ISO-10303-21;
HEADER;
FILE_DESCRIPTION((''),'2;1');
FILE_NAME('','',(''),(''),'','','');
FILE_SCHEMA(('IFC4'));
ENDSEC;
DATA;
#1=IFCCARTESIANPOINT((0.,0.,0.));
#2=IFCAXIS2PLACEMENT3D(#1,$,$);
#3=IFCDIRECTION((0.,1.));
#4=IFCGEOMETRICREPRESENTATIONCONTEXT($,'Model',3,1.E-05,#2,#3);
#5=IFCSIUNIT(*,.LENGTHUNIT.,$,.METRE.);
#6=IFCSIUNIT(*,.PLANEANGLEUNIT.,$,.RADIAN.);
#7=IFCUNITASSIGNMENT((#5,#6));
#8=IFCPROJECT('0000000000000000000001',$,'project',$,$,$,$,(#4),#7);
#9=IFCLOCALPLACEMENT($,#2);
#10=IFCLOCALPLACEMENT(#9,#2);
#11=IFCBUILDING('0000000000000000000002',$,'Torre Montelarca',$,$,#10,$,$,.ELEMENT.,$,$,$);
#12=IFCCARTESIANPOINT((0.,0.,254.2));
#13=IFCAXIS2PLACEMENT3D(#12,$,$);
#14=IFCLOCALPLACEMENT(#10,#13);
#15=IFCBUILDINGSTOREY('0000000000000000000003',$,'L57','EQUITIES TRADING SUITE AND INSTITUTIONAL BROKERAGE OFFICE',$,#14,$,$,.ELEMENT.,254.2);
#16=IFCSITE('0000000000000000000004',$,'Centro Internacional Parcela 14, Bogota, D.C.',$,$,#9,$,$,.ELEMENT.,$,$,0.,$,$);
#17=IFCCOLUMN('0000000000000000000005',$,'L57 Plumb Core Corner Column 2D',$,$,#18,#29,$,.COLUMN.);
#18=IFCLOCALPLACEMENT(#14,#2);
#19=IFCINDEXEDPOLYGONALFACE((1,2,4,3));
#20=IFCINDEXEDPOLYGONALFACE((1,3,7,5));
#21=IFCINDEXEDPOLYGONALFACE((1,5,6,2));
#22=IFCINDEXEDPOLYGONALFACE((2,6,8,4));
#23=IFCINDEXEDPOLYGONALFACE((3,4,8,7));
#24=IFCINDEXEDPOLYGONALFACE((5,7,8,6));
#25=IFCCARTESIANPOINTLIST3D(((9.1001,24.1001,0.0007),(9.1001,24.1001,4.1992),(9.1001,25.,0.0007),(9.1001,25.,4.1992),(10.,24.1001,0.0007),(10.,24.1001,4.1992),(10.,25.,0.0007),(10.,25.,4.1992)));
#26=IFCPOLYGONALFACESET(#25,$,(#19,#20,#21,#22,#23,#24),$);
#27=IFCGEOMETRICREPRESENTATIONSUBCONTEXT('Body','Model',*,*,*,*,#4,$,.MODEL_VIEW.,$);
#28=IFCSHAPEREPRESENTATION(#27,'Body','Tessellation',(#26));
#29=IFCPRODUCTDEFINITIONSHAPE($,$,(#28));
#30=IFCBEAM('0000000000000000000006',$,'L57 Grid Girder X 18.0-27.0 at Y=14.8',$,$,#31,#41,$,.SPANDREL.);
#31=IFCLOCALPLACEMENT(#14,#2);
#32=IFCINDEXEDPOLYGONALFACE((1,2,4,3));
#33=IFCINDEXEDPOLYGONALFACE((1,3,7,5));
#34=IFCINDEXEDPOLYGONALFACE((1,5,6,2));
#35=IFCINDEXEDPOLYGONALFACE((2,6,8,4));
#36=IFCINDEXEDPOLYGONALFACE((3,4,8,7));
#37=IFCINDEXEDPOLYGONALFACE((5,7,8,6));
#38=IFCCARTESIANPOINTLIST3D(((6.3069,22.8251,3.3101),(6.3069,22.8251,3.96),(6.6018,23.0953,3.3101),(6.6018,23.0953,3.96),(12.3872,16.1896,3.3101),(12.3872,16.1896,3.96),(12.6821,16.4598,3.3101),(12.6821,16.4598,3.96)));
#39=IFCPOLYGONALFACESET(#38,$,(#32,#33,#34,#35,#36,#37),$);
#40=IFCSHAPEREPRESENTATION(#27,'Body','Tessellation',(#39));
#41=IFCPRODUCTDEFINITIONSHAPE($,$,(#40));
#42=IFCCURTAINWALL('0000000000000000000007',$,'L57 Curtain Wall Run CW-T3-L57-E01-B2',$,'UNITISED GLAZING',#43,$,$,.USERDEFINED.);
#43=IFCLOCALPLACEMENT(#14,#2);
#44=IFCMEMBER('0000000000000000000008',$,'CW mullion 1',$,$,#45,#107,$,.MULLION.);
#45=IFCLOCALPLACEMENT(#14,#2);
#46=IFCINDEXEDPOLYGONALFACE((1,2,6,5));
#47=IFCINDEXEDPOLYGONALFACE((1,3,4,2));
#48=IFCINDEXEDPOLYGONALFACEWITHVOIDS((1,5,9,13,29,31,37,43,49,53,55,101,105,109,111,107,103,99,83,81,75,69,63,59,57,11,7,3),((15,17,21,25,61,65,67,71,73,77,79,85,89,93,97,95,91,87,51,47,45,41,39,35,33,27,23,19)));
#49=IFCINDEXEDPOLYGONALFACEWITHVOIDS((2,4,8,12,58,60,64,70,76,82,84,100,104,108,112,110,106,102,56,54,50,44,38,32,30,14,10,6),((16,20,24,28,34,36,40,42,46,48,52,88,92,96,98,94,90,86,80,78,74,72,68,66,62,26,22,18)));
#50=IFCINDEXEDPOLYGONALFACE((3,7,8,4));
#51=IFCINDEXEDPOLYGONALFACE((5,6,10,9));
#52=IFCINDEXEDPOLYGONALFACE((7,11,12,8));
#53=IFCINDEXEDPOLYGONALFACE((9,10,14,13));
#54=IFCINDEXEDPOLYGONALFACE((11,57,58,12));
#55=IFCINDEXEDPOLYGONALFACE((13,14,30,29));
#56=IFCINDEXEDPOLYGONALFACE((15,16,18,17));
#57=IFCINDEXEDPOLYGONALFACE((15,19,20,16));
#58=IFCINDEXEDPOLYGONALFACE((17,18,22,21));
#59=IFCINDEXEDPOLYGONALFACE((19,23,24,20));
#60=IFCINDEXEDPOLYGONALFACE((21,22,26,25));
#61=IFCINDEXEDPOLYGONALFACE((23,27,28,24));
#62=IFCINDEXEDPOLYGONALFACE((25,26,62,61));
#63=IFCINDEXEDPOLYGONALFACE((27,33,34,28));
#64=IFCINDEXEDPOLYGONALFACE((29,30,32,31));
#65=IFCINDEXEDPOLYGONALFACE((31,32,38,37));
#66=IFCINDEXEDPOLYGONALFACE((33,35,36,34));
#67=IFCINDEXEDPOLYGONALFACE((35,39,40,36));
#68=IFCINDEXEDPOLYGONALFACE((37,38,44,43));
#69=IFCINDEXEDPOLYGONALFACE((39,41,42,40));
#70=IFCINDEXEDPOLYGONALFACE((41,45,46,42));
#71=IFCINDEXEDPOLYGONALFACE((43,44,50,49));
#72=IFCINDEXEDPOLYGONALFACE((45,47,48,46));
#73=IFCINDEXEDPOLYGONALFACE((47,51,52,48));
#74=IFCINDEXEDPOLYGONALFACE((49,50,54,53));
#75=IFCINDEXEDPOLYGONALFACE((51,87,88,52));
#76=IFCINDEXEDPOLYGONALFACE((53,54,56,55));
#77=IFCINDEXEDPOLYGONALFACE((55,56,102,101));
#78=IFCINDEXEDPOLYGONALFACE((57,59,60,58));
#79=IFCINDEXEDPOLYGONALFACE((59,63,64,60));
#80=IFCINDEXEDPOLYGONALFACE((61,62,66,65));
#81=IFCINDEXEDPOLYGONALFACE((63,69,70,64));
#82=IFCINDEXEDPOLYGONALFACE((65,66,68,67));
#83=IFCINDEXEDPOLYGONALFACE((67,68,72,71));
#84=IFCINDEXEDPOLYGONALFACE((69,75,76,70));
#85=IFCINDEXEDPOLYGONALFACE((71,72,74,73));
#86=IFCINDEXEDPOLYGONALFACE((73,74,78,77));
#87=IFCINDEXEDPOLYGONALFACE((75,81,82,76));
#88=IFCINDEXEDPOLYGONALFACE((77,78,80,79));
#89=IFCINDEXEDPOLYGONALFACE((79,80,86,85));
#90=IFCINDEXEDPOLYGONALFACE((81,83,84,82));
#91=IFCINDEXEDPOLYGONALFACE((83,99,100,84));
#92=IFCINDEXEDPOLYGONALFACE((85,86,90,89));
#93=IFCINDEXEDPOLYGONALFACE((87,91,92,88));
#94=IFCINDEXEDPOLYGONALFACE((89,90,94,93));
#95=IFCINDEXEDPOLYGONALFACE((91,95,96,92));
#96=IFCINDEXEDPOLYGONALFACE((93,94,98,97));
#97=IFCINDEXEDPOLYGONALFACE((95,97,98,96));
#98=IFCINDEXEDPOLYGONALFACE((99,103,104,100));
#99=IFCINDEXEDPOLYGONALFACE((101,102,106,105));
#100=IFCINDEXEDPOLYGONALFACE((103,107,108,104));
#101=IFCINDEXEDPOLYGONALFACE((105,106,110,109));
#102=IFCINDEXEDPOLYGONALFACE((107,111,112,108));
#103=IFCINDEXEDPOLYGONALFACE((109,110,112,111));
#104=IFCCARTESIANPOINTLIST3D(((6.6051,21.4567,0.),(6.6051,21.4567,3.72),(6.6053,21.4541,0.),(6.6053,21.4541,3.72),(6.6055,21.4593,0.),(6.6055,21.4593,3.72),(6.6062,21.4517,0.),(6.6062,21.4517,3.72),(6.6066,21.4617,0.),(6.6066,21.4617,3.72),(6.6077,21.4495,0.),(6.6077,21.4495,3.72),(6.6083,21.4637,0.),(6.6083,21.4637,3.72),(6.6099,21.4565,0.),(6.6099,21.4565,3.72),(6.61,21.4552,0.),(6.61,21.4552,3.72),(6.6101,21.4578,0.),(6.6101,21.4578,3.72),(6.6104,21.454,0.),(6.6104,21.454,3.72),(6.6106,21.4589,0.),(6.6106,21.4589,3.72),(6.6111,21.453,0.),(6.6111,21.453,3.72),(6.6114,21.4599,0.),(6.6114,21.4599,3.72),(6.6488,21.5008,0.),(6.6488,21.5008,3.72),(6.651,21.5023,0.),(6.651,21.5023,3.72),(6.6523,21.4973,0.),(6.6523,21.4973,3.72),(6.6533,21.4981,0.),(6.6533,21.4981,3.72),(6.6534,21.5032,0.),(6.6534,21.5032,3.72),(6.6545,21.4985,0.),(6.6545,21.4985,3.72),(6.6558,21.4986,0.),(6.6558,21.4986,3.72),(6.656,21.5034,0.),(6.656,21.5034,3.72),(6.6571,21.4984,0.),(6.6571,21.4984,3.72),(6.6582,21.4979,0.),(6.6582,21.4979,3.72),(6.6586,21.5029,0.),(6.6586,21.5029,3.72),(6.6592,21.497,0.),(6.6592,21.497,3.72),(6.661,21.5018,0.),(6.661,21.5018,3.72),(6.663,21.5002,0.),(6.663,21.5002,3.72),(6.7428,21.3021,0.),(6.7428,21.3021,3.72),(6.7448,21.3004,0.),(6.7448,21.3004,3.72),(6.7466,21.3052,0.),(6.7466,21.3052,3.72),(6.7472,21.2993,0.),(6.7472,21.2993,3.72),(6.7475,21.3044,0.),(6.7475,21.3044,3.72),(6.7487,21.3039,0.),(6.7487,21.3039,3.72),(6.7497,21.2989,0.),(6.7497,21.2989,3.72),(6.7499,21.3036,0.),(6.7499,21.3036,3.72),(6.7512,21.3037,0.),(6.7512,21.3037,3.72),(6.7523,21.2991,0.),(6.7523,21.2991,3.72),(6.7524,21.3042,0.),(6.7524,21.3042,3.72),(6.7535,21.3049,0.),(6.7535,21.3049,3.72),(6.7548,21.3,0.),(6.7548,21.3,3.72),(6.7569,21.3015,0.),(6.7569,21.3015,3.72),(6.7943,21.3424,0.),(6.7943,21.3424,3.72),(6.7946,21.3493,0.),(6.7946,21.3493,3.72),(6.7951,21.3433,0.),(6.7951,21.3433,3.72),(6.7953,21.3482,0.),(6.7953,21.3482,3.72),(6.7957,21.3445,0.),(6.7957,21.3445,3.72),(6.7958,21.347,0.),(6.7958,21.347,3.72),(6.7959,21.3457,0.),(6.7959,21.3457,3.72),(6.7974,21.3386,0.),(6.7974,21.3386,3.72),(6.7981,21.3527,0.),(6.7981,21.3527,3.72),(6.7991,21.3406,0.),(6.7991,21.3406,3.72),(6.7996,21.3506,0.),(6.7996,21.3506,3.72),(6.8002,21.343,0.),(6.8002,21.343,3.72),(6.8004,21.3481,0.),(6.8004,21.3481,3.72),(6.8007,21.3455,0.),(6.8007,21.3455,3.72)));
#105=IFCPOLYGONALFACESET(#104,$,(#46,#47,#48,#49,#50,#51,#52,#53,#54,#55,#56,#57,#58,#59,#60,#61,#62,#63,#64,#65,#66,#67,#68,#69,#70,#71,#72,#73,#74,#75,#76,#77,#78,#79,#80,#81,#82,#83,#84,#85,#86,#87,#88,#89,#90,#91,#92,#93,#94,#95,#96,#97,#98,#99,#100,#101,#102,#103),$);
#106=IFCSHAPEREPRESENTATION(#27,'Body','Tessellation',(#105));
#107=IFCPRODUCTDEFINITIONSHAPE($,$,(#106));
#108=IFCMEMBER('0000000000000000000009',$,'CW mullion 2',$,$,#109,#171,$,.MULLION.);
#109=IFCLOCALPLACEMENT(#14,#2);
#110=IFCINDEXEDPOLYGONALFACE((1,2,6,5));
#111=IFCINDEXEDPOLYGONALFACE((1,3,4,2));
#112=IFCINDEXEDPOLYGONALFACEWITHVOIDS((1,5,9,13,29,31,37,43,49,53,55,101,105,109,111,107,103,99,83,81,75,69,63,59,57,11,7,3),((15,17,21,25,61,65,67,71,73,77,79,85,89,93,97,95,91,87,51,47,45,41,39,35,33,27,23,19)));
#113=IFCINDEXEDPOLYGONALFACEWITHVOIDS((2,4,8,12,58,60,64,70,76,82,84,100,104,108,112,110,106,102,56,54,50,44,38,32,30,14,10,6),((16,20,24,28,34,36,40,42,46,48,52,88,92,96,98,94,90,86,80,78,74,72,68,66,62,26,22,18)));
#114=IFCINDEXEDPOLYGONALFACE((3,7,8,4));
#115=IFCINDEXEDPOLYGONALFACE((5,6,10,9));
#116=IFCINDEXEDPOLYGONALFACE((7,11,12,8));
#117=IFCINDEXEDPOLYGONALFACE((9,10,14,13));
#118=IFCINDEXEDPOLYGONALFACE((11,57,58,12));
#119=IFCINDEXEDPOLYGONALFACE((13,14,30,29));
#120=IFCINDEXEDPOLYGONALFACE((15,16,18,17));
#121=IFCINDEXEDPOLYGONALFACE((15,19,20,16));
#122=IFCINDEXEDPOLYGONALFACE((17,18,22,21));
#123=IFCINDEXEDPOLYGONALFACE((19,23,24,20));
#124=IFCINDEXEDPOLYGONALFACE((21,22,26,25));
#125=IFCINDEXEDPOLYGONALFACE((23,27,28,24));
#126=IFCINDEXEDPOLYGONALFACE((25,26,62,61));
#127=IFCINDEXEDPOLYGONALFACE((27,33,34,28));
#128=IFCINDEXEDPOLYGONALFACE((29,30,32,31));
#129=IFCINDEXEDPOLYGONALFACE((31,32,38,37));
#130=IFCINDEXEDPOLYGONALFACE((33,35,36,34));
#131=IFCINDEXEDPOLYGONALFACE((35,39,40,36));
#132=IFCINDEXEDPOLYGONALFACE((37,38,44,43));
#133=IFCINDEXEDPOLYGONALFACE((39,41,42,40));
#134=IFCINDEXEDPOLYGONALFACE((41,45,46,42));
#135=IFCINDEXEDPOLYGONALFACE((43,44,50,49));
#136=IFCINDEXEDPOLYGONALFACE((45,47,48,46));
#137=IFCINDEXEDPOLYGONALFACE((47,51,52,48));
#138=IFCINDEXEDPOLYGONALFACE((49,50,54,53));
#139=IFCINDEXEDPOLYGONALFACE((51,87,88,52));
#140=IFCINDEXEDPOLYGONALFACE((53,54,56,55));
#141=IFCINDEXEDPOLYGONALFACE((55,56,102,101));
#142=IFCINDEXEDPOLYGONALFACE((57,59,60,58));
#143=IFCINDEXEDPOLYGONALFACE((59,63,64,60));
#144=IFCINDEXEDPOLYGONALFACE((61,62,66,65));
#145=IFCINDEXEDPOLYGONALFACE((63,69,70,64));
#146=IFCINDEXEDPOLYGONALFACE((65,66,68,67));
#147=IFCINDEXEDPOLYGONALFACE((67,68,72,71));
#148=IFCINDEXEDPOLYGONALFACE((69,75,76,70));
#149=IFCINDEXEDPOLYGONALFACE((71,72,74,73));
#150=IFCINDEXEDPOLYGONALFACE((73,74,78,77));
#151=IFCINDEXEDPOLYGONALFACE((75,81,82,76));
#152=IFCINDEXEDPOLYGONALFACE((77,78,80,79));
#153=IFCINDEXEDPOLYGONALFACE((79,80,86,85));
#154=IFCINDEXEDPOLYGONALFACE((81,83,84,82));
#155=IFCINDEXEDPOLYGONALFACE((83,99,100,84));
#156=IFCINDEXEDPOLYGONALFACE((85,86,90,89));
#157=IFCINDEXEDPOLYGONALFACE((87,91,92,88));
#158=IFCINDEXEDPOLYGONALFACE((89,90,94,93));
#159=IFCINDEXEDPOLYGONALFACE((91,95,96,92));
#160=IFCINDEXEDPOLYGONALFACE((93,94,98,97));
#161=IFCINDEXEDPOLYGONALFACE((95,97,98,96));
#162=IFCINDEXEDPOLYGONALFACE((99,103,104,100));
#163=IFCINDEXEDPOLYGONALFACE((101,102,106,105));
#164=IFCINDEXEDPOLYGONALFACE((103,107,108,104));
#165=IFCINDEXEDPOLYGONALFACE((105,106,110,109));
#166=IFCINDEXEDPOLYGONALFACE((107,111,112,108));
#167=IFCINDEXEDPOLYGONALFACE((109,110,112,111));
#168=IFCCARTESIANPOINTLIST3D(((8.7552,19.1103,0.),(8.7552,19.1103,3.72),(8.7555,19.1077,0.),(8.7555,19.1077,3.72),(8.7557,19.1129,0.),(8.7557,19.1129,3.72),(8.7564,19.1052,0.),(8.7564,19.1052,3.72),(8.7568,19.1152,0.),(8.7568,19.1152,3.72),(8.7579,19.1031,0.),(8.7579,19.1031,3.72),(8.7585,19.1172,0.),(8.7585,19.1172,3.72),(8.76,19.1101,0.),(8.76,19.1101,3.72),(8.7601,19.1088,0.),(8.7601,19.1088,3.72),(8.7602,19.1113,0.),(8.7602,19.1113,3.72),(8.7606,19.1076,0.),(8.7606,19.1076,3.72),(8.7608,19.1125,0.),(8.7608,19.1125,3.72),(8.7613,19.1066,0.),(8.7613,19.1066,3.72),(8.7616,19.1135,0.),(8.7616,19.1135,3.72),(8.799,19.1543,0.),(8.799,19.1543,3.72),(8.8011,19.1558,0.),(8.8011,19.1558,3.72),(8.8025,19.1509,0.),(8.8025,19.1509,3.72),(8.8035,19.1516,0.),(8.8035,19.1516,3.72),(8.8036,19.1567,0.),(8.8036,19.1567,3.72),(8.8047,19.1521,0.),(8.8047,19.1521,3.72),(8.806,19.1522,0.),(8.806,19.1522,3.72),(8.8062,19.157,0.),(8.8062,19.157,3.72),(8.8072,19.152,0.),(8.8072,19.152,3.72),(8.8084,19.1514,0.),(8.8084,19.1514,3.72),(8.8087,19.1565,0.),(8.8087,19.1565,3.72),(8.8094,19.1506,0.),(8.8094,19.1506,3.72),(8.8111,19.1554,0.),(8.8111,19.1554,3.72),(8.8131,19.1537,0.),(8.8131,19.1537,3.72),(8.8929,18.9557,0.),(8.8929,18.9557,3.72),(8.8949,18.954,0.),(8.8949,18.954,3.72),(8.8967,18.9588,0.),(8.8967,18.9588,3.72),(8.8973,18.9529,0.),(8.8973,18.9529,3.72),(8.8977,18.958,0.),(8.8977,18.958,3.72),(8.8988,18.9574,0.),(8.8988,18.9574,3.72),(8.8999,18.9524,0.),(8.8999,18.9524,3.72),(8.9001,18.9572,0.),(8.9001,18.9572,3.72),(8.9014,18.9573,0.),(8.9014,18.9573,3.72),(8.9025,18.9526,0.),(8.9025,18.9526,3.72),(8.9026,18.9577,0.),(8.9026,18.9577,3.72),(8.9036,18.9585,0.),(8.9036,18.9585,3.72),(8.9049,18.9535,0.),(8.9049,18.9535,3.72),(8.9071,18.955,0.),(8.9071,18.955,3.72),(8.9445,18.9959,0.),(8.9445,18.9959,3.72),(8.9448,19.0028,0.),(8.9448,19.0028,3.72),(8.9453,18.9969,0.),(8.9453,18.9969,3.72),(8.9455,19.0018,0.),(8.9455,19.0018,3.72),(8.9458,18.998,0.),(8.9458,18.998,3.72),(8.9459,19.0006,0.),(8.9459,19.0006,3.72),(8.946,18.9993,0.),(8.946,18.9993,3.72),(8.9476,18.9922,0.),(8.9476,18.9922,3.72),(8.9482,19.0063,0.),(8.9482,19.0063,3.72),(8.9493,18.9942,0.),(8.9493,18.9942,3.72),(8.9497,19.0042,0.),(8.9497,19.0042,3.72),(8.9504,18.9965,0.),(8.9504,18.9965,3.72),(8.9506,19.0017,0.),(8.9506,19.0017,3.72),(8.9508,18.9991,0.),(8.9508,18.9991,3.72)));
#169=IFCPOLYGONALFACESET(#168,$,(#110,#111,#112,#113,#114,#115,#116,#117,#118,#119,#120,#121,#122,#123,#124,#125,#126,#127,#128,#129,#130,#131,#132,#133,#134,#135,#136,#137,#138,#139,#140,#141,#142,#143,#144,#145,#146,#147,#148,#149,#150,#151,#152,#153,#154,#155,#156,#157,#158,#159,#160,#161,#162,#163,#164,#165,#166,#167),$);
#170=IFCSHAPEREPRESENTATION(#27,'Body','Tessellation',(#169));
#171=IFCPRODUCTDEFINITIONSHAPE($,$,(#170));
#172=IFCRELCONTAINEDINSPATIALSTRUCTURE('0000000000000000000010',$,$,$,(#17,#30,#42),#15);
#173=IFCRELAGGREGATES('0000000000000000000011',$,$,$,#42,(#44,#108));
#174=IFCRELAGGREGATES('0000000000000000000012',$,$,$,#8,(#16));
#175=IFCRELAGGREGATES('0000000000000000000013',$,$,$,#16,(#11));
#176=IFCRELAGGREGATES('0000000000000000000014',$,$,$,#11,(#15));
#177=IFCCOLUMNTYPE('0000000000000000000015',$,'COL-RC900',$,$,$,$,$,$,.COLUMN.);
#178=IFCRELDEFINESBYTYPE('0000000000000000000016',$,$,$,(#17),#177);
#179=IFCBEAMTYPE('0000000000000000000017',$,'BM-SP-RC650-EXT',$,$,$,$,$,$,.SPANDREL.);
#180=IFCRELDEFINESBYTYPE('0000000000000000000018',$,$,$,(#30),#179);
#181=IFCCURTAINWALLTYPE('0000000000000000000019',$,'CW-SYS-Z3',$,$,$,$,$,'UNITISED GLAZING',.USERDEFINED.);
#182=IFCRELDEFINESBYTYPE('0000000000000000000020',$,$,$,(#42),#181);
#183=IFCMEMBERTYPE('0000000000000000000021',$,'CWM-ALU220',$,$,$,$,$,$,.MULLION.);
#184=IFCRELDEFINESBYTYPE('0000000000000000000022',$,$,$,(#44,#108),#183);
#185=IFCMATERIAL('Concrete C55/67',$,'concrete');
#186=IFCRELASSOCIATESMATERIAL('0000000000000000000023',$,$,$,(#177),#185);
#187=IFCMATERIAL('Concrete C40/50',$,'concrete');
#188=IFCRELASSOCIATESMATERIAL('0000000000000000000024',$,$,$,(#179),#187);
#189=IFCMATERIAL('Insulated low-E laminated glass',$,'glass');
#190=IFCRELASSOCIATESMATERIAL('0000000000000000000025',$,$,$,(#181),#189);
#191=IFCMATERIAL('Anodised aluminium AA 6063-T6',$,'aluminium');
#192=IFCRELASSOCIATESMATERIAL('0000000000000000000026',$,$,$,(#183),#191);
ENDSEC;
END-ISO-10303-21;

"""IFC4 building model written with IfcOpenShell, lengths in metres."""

from ifc_helpers import new_model, si_unit, direction, frame, origin, origin_2d, place, context, subcontext, project, spatial, rectangle, hollow_rectangle, extrude, source, transform, mapped, material, material_profile, profile_set, type_object, element, aggregate, save


model = new_model("IFC4")

# Units and contexts
model_context = context("Model", 3, precision=1e-05, world=origin(), true_north=direction((0.0, 1.0)))
body_context = subcontext(model_context, "Body", "Model", "MODEL_VIEW")
ifc_project = project(units=[si_unit("LENGTHUNIT", "METRE"), si_unit("PLANEANGLEUNIT", "RADIAN")], contexts=[model_context])

# Site, building, storey
site_placement = place(None, origin())
site = spatial("IfcSite", under=ifc_project, at=site_placement, Name="Centro Internacional Parcela 14, Bogota, D.C.", CompositionType="ELEMENT", RefElevation=0.0)
building_placement = place(site_placement, origin())
building = spatial("IfcBuilding", under=site, at=building_placement, Name="Torre Montelarca", CompositionType="ELEMENT")
storey_placement = place(building_placement, frame((0.0, 0.0, 254.2)))
storey = spatial("IfcBuildingStorey", under=building, at=storey_placement, Name="L57", Description="EQUITIES TRADING SUITE AND INSTITUTIONAL BROKERAGE OFFICE", CompositionType="ELEMENT", Elevation=254.2)

# Column
ifc_material_1 = material(Name="Concrete C55/67", Category="concrete")
ifc_material_profile_1 = material_profile(ifc_material_1, rectangle(XDim=0.8999, YDim=0.8999, at=origin_2d()), Name="RC900X900", Category="concrete")
ifc_profile_set_1 = profile_set([ifc_material_profile_1], Name="Concrete C55/67")
column_type = type_object("IfcColumnType", Name="COL-RC900", PredefinedType="COLUMN", material=ifc_profile_set_1)
shared_shape_1 = source(origin(), body_context, "Body", "SweptSolid", [
    extrude(rectangle(XDim=0.8999, YDim=0.8999, at=origin_2d()), origin(), (0.0, 0.0, 1.0), 4.1985),
])
column_placement = place(storey_placement, frame((9.55, 24.55, 0.0007), z_axis=(0.0, 0.0, 1.0), x_axis=(1.0, 0.0, 0.0)))
element("IfcColumn", 1, at=column_placement, inside=storey, type_object=column_type, Name="L57 Plumb Core Corner Column 2D", PredefinedType="COLUMN", context=body_context, shape_type="MappedRepresentation", body=[
    mapped(shared_shape_1, transform((0.0, 0.0, 0.0), scale=1.0)),
])

# Beam
ifc_material_2 = material(Name="Concrete C40/50", Category="concrete")
ifc_material_profile_2 = material_profile(ifc_material_2, rectangle(XDim=0.3999, YDim=0.6499, at=origin_2d()), Name="RCB400X650", Category="concrete")
ifc_profile_set_2 = profile_set([ifc_material_profile_2], Name="Concrete C40/50")
beam_type = type_object("IfcBeamType", Name="BM-SP-RC650-EXT", PredefinedType="SPANDREL", material=ifc_profile_set_2)
shared_shape_2 = source(origin(), body_context, "Body", "SweptSolid", [
    extrude(rectangle(XDim=0.3999, YDim=0.6499, at=origin_2d()), origin(), (0.0, 0.0, 1.0), 9.0),
])
beam_placement = place(storey_placement, frame((6.4543, 22.9602, 3.635), z_axis=(0.675591, -0.737277, 0.0), x_axis=(0.737277, 0.675591, 0.0)))
element("IfcBeam", 2, at=beam_placement, inside=storey, type_object=beam_type, Name="L57 Grid Girder X 18.0-27.0 at Y=14.8", PredefinedType="SPANDREL", context=body_context, shape_type="MappedRepresentation", body=[
    mapped(shared_shape_2, transform((0.0, 0.0, 0.0), scale=1.0)),
])

# Curtain wall, members
ifc_material_3 = material(Name="Insulated low-E laminated glass", Category="glass")
curtain_wall_type = type_object("IfcCurtainWallType", Name="CW-SYS-Z3", ElementType="UNITISED GLAZING", PredefinedType="USERDEFINED", material=ifc_material_3)
curtain_wall_placement = place(storey_placement, origin())
curtain_wall = element("IfcCurtainWall", 3, at=curtain_wall_placement, inside=storey, type_object=curtain_wall_type, Name="L57 Curtain Wall Run CW-T3-L57-E01-B2", ObjectType="UNITISED GLAZING", PredefinedType="USERDEFINED")
ifc_material_4 = material(Name="Anodised aluminium AA 6063-T6", Category="aluminium")
ifc_material_profile_3 = material_profile(ifc_material_4, hollow_rectangle(XDim=0.075, YDim=0.22, WallThickness=0.0049, InnerFilletRadius=0.0049, OuterFilletRadius=0.01, at=origin_2d()), Name="ALU75X220X5", Category="aluminium")
ifc_profile_set_3 = profile_set([ifc_material_profile_3], Name="Anodised aluminium AA 6063-T6")
member_type_1 = type_object("IfcMemberType", Name="CWM-ALU220", PredefinedType="MULLION", material=ifc_profile_set_3)
shared_shape_3 = source(origin(), body_context, "Body", "SweptSolid", [
    extrude(hollow_rectangle(XDim=0.075, YDim=0.22, WallThickness=0.0049, InnerFilletRadius=0.0049, OuterFilletRadius=0.01, at=origin_2d()), origin(), (0.0, 0.0, 1.0), 3.72),
])
member_1_placement = place(storey_placement, frame((6.7029, 21.4011, 0.0), z_axis=(0.0, 0.0, 1.0), x_axis=(0.73728, 0.675588, 0.0)))
member_1 = element("IfcMember", 4, at=member_1_placement, type_object=member_type_1, Name="CW mullion 1", PredefinedType="MULLION", context=body_context, shape_type="MappedRepresentation", body=[
    mapped(shared_shape_3, transform((0.0, 0.0, 0.0), scale=1.0)),
])
member_2_placement = place(storey_placement, frame((8.853, 19.0547, 0.0), z_axis=(0.0, 0.0, 1.0), x_axis=(0.73728, 0.675588, 0.0)))
member_2 = element("IfcMember", 5, at=member_2_placement, type_object=member_type_1, Name="CW mullion 2", PredefinedType="MULLION", context=body_context, shape_type="MappedRepresentation", body=[
    mapped(shared_shape_3, transform((0.0, 0.0, 0.0), scale=1.0)),
])
aggregate(curtain_wall, [member_1, member_2])

save(model, "model.ifc")
